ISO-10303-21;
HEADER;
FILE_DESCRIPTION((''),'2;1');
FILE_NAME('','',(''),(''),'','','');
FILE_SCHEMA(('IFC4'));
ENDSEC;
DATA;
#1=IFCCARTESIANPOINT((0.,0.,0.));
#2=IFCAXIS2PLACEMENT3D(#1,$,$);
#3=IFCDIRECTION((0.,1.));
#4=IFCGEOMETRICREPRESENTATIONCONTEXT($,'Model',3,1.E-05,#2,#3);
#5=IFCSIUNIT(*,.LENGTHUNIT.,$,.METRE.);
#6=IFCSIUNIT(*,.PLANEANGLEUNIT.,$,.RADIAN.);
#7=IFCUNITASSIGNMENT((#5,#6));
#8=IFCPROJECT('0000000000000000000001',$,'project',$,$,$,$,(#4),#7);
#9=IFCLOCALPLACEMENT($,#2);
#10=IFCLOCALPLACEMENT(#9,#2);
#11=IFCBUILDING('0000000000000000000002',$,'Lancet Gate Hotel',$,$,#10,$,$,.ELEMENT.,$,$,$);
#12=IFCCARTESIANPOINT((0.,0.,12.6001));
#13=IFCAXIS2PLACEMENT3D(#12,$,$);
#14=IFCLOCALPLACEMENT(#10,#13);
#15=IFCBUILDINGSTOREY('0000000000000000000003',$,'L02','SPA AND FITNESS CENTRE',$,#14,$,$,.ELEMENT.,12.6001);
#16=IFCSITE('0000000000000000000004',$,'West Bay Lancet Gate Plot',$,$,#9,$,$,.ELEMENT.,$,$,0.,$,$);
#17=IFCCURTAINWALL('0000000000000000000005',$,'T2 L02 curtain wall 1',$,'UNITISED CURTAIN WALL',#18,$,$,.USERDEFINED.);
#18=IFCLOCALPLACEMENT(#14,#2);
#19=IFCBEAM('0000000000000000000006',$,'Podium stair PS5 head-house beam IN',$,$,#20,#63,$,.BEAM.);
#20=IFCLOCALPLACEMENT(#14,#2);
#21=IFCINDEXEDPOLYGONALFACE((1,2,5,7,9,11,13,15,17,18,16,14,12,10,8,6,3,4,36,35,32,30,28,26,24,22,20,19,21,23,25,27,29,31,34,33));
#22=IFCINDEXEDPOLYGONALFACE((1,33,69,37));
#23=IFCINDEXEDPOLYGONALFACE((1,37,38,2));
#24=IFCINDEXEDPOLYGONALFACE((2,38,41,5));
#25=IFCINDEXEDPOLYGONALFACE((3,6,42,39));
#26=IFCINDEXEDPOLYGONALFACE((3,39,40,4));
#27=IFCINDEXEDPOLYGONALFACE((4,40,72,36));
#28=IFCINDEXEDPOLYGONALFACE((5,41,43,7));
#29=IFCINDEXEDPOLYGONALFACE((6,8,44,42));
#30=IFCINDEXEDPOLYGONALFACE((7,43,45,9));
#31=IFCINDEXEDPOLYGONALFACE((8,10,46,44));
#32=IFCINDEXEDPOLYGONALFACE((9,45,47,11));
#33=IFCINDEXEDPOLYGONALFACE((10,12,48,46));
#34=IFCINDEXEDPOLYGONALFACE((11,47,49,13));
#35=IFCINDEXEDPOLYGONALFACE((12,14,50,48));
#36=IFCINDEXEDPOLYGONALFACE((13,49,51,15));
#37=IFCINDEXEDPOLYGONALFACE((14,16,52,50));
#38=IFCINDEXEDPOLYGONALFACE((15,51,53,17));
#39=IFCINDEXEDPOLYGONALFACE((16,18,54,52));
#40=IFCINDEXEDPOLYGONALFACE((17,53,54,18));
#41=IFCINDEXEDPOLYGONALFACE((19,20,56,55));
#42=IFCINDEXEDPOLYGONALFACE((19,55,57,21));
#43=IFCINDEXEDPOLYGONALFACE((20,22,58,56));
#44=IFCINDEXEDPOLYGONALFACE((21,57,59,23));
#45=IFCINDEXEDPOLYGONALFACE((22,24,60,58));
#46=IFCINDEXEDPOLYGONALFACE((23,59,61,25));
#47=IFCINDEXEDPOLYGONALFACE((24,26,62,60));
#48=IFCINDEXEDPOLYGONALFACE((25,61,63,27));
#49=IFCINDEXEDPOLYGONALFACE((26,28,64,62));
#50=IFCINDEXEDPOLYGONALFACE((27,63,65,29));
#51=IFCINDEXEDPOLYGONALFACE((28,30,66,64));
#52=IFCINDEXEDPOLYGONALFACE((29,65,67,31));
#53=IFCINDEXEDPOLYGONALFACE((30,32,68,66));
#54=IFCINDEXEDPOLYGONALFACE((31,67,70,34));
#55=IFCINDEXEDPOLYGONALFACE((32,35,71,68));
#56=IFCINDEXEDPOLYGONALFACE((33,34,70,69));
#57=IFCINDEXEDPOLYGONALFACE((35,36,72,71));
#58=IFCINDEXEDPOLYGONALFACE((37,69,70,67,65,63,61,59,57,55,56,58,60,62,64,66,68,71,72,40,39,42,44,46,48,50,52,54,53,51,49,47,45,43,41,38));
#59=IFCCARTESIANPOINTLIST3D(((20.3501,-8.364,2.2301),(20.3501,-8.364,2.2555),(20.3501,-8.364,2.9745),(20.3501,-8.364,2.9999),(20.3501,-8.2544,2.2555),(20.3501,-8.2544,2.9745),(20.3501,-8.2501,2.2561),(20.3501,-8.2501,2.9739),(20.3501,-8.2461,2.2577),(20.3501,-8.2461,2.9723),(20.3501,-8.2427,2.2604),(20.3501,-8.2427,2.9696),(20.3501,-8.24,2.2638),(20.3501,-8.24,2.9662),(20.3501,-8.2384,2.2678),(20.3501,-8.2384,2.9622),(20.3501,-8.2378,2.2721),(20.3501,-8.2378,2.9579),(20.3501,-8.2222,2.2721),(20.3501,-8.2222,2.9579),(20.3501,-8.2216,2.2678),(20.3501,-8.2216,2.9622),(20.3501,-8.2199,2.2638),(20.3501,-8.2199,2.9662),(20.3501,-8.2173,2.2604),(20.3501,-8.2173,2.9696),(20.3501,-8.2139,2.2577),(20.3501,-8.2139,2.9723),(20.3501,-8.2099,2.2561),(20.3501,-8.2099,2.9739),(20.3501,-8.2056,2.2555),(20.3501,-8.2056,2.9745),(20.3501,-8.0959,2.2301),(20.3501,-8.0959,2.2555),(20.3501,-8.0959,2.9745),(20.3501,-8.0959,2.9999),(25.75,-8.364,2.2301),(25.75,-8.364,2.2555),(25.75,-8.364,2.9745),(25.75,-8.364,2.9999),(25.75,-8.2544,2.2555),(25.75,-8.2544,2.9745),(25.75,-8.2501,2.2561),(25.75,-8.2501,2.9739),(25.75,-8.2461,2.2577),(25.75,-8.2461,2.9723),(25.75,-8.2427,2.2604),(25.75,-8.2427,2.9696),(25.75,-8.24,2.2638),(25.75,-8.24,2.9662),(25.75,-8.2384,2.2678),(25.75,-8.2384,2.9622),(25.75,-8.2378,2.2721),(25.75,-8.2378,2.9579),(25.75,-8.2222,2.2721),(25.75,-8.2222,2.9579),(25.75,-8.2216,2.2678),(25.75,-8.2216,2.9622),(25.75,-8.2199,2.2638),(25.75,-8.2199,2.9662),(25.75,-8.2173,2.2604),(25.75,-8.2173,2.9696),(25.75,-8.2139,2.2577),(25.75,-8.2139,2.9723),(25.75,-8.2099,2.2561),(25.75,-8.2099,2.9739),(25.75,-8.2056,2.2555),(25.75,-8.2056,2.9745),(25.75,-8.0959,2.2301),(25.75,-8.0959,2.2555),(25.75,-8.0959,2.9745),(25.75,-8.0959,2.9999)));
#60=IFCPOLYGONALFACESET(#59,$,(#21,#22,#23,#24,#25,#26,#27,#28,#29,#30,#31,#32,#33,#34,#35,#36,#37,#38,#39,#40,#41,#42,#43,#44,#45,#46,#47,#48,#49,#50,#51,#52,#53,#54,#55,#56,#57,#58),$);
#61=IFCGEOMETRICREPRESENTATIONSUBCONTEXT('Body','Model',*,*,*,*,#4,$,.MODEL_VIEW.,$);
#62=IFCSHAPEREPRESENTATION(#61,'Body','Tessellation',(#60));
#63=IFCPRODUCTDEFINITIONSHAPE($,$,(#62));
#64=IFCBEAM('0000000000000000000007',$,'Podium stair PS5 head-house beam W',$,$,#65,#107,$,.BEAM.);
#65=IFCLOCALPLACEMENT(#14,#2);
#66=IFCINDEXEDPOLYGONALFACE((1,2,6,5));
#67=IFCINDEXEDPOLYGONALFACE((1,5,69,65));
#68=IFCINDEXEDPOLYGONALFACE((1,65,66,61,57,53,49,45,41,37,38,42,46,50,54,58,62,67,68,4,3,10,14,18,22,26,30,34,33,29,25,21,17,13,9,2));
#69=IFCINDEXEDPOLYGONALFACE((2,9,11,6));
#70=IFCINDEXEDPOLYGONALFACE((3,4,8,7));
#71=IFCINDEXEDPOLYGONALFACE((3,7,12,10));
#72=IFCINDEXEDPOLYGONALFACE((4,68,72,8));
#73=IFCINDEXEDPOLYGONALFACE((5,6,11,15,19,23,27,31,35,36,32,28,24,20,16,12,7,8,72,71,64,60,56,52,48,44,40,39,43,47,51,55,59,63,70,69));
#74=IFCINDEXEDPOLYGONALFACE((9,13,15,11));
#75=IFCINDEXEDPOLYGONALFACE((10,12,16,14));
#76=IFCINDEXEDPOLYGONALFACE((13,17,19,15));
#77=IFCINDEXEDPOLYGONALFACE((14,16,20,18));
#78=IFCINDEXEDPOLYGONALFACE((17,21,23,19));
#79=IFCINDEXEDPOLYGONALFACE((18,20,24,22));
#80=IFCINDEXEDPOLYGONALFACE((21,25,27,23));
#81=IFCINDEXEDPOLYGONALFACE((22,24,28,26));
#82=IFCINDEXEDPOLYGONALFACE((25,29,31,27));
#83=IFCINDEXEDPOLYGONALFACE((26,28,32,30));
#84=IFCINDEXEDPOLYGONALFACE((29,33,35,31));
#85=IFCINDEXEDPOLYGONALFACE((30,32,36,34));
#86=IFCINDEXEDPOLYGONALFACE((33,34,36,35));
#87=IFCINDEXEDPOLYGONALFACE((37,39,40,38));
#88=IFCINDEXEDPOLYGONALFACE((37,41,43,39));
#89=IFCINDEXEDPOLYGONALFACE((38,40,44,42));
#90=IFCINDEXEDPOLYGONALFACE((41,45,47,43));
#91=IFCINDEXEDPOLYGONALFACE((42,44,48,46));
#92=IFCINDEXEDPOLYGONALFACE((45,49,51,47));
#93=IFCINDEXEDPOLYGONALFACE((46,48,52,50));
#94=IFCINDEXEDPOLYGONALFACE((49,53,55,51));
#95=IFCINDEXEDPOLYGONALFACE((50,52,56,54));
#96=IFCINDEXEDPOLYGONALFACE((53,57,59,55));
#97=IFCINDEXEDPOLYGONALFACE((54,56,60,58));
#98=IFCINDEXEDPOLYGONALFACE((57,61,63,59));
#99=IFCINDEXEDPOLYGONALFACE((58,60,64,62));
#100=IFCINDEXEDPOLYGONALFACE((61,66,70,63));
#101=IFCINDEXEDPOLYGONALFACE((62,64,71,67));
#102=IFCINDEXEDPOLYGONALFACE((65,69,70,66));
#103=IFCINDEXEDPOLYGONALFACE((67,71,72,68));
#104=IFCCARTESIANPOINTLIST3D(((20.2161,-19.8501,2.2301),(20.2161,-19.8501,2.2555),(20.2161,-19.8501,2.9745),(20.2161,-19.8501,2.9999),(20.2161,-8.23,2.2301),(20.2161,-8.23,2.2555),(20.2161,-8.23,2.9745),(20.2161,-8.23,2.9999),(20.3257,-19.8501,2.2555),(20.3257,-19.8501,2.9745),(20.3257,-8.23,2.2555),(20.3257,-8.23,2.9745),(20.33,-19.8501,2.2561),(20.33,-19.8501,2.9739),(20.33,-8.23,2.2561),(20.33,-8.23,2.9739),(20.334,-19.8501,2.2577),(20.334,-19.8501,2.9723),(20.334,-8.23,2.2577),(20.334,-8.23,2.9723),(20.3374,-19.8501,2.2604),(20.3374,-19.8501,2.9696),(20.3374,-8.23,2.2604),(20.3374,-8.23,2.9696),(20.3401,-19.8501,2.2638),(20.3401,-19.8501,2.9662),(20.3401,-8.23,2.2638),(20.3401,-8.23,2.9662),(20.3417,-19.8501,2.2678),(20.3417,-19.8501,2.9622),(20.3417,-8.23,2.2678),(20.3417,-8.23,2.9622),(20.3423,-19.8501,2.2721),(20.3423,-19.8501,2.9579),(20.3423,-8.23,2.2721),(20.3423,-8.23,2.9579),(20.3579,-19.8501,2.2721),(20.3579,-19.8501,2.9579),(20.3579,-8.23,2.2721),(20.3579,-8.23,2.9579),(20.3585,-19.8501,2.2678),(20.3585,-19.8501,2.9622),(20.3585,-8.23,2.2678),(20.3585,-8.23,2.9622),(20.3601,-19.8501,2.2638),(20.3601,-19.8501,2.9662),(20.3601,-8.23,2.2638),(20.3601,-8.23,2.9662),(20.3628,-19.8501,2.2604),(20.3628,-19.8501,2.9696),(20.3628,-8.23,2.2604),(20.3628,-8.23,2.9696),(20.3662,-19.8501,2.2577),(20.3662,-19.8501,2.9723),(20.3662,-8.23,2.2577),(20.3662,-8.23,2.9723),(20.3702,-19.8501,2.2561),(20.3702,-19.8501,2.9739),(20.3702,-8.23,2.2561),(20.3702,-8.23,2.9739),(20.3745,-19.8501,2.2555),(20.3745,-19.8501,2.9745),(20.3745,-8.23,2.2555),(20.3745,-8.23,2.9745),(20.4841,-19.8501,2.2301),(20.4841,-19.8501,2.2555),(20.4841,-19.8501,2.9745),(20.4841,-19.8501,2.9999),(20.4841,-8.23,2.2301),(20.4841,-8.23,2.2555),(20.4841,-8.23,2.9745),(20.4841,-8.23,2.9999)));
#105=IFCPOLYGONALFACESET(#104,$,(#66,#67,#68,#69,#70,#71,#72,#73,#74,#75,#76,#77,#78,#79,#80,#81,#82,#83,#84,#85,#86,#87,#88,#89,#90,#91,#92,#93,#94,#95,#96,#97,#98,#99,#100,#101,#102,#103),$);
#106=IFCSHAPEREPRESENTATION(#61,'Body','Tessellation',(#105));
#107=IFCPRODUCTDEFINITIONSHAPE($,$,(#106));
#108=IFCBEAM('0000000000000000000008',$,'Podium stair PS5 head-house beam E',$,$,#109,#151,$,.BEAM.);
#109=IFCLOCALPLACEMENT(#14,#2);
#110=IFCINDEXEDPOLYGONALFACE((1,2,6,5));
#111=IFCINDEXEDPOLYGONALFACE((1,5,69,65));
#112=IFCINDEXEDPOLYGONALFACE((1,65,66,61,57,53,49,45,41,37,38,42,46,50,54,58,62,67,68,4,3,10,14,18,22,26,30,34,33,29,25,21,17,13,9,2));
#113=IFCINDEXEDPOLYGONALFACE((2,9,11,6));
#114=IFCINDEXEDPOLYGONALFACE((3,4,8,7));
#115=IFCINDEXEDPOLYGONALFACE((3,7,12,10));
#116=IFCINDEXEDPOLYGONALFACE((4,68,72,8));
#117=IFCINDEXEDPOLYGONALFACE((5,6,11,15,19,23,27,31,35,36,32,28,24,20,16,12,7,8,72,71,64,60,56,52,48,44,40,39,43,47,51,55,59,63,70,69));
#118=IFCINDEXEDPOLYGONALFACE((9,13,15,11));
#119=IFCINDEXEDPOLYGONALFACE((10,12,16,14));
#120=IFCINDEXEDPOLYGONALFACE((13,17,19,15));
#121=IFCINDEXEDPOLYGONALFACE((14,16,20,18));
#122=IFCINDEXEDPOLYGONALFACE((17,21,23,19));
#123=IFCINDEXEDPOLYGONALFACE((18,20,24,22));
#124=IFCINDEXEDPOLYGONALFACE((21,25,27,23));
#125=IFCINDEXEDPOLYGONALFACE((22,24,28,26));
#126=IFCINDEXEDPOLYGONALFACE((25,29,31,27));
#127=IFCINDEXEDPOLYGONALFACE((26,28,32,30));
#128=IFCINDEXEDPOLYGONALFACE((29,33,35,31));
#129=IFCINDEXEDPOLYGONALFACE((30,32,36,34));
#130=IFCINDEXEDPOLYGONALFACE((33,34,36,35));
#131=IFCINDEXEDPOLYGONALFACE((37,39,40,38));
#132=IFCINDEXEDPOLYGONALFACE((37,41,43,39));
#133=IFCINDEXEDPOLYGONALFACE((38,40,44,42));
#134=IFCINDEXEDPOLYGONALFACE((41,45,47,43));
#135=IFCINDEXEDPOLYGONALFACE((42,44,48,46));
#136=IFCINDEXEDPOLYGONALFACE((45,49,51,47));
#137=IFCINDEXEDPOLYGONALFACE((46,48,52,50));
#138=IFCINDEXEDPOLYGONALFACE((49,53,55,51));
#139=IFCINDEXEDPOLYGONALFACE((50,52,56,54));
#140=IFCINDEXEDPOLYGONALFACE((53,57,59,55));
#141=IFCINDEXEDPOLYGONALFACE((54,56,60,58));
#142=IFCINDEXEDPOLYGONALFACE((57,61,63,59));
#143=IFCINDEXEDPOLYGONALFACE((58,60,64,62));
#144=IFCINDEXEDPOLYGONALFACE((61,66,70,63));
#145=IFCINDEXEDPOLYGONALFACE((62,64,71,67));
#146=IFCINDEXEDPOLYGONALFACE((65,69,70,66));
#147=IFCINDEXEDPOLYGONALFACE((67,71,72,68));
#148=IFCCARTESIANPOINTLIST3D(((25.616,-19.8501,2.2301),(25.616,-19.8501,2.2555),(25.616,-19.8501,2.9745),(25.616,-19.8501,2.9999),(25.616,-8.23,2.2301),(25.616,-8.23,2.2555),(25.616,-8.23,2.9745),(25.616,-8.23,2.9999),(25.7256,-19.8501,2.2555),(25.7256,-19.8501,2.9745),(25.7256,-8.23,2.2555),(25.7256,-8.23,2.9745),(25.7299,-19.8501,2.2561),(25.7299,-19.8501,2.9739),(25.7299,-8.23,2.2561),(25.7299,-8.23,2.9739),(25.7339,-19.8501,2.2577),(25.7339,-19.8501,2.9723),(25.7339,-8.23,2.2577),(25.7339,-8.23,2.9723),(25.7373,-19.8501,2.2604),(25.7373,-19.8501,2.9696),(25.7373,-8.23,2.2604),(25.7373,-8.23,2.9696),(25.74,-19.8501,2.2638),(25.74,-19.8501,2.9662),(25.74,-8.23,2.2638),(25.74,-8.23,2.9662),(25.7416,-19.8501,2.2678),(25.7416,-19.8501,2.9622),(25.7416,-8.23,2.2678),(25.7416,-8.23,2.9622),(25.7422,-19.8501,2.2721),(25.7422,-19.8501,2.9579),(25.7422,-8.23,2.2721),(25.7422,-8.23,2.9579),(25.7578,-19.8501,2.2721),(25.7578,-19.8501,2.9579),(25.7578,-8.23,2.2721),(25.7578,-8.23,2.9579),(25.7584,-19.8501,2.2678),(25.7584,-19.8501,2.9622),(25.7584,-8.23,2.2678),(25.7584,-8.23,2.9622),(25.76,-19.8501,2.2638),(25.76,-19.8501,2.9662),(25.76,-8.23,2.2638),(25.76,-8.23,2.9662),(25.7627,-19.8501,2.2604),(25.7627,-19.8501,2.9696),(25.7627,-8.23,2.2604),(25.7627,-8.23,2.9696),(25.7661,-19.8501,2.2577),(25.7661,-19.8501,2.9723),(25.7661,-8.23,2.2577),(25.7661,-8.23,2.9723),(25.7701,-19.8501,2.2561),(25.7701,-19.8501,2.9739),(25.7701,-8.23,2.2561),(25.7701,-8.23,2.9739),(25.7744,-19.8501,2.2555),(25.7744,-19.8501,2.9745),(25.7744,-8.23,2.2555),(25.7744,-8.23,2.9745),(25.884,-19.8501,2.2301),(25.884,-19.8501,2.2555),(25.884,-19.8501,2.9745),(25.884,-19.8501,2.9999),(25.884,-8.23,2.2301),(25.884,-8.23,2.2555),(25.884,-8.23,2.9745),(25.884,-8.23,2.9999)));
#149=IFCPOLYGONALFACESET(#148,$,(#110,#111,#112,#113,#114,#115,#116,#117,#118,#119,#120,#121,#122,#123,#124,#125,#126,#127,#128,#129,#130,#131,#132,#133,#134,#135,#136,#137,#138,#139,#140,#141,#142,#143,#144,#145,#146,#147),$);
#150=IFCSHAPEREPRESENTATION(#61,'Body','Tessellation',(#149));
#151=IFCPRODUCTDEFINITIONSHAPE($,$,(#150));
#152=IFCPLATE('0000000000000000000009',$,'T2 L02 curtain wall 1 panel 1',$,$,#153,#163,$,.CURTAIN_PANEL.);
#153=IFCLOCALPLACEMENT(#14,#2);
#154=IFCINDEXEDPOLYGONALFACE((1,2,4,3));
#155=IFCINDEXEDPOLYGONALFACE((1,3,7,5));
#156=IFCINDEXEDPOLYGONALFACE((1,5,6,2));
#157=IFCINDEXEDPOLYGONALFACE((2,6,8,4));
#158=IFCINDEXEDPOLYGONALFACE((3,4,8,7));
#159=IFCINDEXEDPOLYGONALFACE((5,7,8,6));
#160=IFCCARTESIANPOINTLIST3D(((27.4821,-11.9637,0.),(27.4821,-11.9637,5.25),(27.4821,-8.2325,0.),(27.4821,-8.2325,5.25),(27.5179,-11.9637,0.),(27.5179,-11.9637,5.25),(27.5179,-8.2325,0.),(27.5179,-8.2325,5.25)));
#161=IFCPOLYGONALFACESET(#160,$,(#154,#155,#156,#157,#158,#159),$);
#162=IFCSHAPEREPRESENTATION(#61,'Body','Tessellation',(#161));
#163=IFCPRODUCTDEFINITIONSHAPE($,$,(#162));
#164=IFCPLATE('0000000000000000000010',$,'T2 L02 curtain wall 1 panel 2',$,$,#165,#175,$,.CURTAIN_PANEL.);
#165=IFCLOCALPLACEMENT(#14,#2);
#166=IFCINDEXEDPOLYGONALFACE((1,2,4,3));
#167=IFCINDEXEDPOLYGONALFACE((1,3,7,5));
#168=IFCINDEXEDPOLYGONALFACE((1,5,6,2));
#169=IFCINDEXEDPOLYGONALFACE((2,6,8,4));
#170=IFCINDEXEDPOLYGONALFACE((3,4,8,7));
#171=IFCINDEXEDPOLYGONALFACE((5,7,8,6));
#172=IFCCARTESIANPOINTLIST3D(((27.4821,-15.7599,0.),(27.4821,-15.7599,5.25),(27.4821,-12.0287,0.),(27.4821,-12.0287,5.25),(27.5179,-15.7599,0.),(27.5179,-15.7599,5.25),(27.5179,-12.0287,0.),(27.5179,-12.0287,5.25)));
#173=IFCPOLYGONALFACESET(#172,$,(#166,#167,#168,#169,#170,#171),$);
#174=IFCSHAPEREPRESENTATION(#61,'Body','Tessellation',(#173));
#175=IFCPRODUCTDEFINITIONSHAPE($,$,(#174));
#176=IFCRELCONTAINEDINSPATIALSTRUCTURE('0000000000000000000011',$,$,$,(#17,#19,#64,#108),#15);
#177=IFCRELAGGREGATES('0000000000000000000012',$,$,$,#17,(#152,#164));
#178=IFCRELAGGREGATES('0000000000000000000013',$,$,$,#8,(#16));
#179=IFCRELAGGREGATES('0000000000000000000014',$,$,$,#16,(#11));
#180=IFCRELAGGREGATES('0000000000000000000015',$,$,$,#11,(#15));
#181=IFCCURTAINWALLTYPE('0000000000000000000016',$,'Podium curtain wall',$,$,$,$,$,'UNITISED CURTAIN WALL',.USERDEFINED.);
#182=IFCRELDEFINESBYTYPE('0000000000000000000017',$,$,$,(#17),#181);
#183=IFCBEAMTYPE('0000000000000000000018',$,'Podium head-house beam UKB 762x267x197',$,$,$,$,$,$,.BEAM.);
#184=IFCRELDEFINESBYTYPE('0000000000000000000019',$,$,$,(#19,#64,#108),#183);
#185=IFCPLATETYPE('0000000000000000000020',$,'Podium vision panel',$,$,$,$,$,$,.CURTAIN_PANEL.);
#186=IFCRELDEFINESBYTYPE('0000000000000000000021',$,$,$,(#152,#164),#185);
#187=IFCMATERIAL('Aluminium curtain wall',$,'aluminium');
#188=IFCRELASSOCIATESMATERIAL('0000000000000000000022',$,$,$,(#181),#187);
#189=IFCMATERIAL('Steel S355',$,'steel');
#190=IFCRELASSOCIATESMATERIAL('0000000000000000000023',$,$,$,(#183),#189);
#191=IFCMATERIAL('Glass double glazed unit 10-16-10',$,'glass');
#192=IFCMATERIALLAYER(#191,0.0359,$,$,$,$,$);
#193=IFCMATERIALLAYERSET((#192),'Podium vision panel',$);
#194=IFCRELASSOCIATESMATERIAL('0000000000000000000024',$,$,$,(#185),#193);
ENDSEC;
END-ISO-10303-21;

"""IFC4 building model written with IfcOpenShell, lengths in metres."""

from ifc_helpers import new_model, si_unit, direction, frame, origin, origin_2d, place, context, subcontext, project, spatial, rectangle, i_section, extrude, material, layer, layer_set, material_profile, profile_set, type_object, element, aggregate, save


model = new_model("IFC4")

# Units and contexts
model_context = context("Model", 3, precision=1e-05, world=origin(), true_north=direction((0.0, 1.0)))
body_context = subcontext(model_context, "Body", "Model", "MODEL_VIEW")
ifc_project = project(units=[si_unit("LENGTHUNIT", "METRE"), si_unit("PLANEANGLEUNIT", "RADIAN")], contexts=[model_context])

# Site, building, storey
site_placement = place(None, origin())
site = spatial("IfcSite", under=ifc_project, at=site_placement, Name="West Bay Lancet Gate Plot", CompositionType="ELEMENT", RefElevation=0.0)
building_placement = place(site_placement, origin())
building = spatial("IfcBuilding", under=site, at=building_placement, Name="Lancet Gate Hotel", CompositionType="ELEMENT")
storey_placement = place(building_placement, frame((0.0, 0.0, 12.6001)))
storey = spatial("IfcBuildingStorey", under=building, at=storey_placement, Name="L02", Description="SPA AND FITNESS CENTRE", CompositionType="ELEMENT", Elevation=12.6001)

# Curtain wall
ifc_material_1 = material(Name="Aluminium curtain wall", Category="aluminium")
curtain_wall_type = type_object("IfcCurtainWallType", Name="Podium curtain wall", ElementType="UNITISED CURTAIN WALL", PredefinedType="USERDEFINED", material=ifc_material_1)
curtain_wall_placement = place(storey_placement, origin())
curtain_wall = element("IfcCurtainWall", 1, at=curtain_wall_placement, inside=storey, type_object=curtain_wall_type, Name="T2 L02 curtain wall 1", ObjectType="UNITISED CURTAIN WALL", PredefinedType="USERDEFINED")

# Beams
ifc_material_2 = material(Name="Steel S355", Category="steel")
ifc_material_profile_1 = material_profile(ifc_material_2, i_section(OverallWidth=0.2681, OverallDepth=0.7698, WebThickness=0.0156, FlangeThickness=0.0254, FilletRadius=0.0166, at=origin_2d()), Name="UKB 762x267x197")
ifc_profile_set_1 = profile_set([ifc_material_profile_1], Name="Steel S355")
beam_type = type_object("IfcBeamType", Name="Podium head-house beam UKB 762x267x197", PredefinedType="BEAM", material=ifc_profile_set_1)
beam_placement = place(storey_placement, frame((20.3501, -8.23, 2.615), z_axis=(1.0, 0.0, 0.0), x_axis=(0.0, 1.0, 0.0)))
element("IfcBeam", 2, at=beam_placement, inside=storey, type_object=beam_type, Name="Podium stair PS5 head-house beam IN", PredefinedType="BEAM", context=body_context, shape_type="SweptSolid", body=[
    extrude(i_section(OverallWidth=0.2681, OverallDepth=0.7698, WebThickness=0.0156, FlangeThickness=0.0254, FilletRadius=0.0166, at=origin_2d()), origin(), (0.0, 0.0, 1.0), 5.3999),
])
for number, where, z_axis, x_axis, name in (
    (3, (20.3501, -8.23, 2.615), (0.0, -1.0, 0.0), (1.0, 0.0, 0.0), "Podium stair PS5 head-house beam W"),
    (4, (25.75, -8.23, 2.615), (0.0, -1.0, 0.0), (1.0, 0.0, 0.0), "Podium stair PS5 head-house beam E"),
):
    element("IfcBeam", number, at=place(storey_placement, frame(where, z_axis=z_axis, x_axis=x_axis)), inside=storey, type_object=beam_type, Name=name, PredefinedType="BEAM", context=body_context, shape_type="SweptSolid", body=[
        extrude(i_section(OverallWidth=0.2681, OverallDepth=0.7698, WebThickness=0.0156, FlangeThickness=0.0254, FilletRadius=0.0166, at=origin_2d()), origin(), (0.0, 0.0, 1.0), 11.6201),
    ])

# Plates
ifc_material_3 = material(Name="Glass double glazed unit 10-16-10", Category="glass")
ifc_layer_1 = layer(ifc_material_3, 0.0359)
ifc_layer_set_1 = layer_set([ifc_layer_1], Name="Podium vision panel")
plate_type = type_object("IfcPlateType", Name="Podium vision panel", PredefinedType="CURTAIN_PANEL", material=ifc_layer_set_1)
plate_1_placement = place(storey_placement, frame((27.5, -10.0981, 0.0), z_axis=(0.0, 0.0, 1.0), x_axis=(0.0, -1.0, 0.0)))
plate_1 = element("IfcPlate", 5, at=plate_1_placement, type_object=plate_type, Name="T2 L02 curtain wall 1 panel 1", PredefinedType="CURTAIN_PANEL", context=body_context, shape_type="SweptSolid", body=[
    extrude(rectangle(XDim=3.7312, YDim=0.0359, at=origin_2d()), origin(), (0.0, 0.0, 1.0), 5.25),
])
plate_2_placement = place(storey_placement, frame((27.5, -13.8943, 0.0), z_axis=(0.0, 0.0, 1.0), x_axis=(0.0, -1.0, 0.0)))
plate_2 = element("IfcPlate", 6, at=plate_2_placement, type_object=plate_type, Name="T2 L02 curtain wall 1 panel 2", PredefinedType="CURTAIN_PANEL", context=body_context, shape_type="SweptSolid", body=[
    extrude(rectangle(XDim=3.7312, YDim=0.0359, at=origin_2d()), origin(), (0.0, 0.0, 1.0), 5.25),
])
aggregate(curtain_wall, [plate_1, plate_2])

save(model, "model.ifc")
